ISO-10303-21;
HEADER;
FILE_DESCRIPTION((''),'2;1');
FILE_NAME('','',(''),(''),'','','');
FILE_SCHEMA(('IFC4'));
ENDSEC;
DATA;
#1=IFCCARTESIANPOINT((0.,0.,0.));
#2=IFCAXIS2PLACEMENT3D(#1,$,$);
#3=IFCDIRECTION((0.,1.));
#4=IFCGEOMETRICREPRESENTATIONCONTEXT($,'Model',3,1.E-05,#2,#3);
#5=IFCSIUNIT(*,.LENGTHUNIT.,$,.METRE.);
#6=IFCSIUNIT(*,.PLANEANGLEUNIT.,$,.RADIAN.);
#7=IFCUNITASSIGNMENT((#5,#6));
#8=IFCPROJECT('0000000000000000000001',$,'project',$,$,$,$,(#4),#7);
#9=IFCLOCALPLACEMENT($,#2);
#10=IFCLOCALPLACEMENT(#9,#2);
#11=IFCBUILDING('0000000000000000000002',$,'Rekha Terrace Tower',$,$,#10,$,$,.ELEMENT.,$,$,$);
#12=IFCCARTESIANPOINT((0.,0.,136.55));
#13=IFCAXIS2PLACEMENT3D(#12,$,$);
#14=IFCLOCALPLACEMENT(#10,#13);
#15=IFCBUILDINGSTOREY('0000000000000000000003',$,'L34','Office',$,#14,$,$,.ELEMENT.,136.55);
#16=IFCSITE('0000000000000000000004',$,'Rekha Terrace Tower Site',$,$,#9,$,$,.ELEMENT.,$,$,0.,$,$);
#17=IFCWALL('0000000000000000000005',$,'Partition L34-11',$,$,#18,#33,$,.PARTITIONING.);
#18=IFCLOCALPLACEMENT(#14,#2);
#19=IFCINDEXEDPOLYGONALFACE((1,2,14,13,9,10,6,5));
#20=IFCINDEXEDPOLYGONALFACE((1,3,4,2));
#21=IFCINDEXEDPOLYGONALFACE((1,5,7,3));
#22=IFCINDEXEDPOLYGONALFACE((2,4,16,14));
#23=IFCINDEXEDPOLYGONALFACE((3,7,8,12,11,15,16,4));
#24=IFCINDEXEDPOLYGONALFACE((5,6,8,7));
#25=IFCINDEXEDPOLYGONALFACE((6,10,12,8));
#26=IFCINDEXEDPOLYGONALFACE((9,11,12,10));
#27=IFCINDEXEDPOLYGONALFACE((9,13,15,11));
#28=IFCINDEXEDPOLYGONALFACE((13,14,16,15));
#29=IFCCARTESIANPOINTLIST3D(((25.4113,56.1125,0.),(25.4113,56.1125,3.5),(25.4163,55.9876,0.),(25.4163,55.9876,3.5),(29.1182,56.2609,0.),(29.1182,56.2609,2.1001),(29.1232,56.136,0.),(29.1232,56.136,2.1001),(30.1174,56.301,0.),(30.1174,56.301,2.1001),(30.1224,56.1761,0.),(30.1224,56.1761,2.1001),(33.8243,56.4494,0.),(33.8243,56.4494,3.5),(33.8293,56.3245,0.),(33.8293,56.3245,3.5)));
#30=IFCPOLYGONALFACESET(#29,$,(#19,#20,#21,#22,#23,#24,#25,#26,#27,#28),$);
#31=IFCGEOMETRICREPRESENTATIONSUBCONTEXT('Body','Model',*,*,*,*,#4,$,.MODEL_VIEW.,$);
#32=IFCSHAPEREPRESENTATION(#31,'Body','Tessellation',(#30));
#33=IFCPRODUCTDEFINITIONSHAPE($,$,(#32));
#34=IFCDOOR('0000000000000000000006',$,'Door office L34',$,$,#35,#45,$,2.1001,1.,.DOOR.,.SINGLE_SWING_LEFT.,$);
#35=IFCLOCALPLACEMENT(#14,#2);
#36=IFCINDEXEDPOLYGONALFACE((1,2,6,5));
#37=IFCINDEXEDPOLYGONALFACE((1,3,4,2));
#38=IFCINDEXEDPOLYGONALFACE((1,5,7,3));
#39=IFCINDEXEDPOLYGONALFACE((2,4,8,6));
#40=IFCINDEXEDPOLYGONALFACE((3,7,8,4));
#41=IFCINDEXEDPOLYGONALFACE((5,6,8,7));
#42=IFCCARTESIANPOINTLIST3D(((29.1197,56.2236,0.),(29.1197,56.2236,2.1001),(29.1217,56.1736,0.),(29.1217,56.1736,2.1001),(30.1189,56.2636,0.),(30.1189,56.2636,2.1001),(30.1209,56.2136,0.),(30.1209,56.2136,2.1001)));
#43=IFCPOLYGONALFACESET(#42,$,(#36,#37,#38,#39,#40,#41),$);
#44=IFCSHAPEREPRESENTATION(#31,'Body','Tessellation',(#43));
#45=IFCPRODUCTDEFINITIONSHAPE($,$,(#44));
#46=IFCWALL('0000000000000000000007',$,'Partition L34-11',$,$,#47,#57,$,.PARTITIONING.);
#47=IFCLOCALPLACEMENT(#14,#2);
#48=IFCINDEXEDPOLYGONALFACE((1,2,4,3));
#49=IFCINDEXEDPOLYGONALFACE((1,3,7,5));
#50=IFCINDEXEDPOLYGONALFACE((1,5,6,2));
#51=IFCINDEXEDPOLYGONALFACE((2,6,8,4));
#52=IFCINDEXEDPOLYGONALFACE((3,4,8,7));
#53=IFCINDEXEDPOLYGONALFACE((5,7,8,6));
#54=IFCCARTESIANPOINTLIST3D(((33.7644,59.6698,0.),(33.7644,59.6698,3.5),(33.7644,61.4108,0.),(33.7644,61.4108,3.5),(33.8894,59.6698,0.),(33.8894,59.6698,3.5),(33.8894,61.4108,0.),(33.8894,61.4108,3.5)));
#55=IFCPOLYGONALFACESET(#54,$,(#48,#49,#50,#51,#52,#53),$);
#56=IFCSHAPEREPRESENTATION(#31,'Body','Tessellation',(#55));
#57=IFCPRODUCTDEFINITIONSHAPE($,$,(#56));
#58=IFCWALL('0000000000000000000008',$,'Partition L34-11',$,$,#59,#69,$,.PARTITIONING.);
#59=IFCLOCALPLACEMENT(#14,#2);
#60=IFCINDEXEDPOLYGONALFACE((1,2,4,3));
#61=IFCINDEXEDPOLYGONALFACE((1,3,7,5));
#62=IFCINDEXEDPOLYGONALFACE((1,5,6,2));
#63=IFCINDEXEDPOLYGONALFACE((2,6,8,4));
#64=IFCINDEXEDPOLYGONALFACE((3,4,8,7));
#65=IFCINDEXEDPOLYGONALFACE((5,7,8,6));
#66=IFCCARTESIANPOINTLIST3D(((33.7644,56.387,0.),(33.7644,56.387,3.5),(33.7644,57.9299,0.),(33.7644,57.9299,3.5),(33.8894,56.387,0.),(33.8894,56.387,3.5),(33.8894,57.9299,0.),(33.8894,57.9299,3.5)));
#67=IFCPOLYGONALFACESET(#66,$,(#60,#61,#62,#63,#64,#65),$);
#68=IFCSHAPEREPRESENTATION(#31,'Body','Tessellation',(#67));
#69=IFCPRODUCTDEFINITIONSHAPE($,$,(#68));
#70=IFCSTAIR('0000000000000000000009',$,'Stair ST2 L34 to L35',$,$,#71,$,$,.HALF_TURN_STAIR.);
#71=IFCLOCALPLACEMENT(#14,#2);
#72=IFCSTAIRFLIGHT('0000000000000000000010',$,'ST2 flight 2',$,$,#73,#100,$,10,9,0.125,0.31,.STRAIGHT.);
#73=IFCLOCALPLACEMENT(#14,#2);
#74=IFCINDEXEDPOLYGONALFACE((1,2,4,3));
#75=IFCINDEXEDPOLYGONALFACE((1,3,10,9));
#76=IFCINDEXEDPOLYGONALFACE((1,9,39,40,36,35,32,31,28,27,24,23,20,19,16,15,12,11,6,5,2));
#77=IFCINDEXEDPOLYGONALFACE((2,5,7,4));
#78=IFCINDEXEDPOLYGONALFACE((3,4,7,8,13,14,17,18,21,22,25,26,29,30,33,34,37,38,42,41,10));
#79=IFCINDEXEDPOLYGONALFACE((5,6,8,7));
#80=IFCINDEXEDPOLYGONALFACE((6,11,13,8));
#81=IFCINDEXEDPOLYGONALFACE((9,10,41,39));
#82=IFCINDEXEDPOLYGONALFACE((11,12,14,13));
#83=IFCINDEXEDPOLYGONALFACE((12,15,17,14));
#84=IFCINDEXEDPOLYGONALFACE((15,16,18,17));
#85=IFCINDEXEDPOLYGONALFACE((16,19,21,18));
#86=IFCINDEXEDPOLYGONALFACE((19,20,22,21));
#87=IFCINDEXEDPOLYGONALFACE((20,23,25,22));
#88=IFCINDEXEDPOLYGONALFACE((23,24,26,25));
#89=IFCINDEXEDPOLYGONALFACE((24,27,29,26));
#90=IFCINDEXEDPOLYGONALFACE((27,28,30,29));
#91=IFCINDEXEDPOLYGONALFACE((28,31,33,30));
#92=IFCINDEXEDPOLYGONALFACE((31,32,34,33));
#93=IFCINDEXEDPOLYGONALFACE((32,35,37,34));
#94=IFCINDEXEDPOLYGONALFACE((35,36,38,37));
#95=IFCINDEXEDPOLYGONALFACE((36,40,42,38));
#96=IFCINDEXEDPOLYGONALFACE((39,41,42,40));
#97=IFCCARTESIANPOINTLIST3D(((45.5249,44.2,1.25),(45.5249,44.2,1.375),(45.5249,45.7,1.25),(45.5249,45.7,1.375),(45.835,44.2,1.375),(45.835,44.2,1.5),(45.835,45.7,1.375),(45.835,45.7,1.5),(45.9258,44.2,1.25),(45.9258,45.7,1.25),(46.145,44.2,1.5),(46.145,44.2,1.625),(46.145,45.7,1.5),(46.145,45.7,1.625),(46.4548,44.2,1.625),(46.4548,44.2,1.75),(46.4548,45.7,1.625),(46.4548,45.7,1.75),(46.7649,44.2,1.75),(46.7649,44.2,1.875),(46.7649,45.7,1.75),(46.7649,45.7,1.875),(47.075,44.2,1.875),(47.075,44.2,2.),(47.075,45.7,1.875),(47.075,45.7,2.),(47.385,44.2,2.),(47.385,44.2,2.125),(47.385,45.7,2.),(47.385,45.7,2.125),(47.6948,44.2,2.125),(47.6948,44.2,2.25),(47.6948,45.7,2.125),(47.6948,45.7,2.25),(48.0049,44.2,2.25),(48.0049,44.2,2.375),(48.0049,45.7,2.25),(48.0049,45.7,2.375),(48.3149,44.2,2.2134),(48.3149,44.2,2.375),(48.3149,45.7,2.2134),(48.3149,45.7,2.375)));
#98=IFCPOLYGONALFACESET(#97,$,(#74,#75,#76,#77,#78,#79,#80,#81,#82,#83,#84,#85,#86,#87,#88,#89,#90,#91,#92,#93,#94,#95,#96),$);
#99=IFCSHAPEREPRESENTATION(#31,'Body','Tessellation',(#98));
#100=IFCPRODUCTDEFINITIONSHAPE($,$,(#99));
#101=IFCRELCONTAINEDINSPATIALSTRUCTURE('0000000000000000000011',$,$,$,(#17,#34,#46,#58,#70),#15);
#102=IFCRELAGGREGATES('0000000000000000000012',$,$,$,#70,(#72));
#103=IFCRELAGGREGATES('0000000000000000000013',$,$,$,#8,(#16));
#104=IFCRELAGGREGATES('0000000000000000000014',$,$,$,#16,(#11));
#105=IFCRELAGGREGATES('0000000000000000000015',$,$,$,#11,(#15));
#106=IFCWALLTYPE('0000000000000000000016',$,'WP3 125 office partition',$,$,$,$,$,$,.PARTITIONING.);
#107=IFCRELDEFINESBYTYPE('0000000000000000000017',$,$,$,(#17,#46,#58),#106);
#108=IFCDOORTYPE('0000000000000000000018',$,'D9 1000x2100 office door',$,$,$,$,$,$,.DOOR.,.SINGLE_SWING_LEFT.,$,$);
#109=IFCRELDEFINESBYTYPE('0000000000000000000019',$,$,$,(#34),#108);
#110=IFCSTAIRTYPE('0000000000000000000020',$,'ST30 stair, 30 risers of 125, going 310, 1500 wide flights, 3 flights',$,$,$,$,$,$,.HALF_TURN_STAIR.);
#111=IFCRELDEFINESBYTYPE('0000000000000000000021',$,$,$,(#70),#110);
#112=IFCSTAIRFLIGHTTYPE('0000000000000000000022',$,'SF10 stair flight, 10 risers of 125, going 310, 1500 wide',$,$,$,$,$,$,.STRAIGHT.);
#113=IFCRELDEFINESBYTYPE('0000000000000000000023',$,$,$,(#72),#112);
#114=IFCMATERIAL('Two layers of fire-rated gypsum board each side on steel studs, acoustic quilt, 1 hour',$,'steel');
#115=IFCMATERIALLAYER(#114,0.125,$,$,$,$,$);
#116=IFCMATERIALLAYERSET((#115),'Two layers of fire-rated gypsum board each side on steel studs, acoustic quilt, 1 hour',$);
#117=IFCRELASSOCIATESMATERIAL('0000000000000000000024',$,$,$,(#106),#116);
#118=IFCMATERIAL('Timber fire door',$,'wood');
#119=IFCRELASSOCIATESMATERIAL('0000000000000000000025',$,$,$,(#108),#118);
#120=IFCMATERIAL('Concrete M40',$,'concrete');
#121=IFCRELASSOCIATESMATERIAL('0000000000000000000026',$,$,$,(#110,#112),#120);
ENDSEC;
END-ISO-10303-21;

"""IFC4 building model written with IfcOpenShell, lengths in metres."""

from ifc_helpers import new_model, si_unit, direction, frame, frame_2d, origin, place, context, subcontext, project, spatial, polyline, rectangle, outline, extrude, material, layer, layer_set, type_object, element, fill, aggregate, save


model = new_model("IFC4")

# Units and contexts
model_context = context("Model", 3, precision=1e-05, world=origin(), true_north=direction((0.0, 1.0)))
body_context = subcontext(model_context, "Body", "Model", "MODEL_VIEW")
ifc_project = project(units=[si_unit("LENGTHUNIT", "METRE"), si_unit("PLANEANGLEUNIT", "RADIAN")], contexts=[model_context])

# Site, building, storey
site_placement = place(None, origin())
site = spatial("IfcSite", under=ifc_project, at=site_placement, Name="Rekha Terrace Tower Site", CompositionType="ELEMENT", RefElevation=0.0)
building_placement = place(site_placement, origin())
building = spatial("IfcBuilding", under=site, at=building_placement, Name="Rekha Terrace Tower", CompositionType="ELEMENT")
storey_placement = place(building_placement, frame((0.0, 0.0, 136.55)))
storey = spatial("IfcBuildingStorey", under=building, at=storey_placement, Name="L34", Description="Office", CompositionType="ELEMENT", Elevation=136.55)

# Shared definitions
ifc_material_1 = material(Name="Two layers of fire-rated gypsum board each side on steel studs, acoustic quilt, 1 hour", Category="steel")
ifc_layer_1 = layer(ifc_material_1, 0.125)
ifc_layer_set_1 = layer_set([ifc_layer_1], Name="Two layers of fire-rated gypsum board each side on steel studs, acoustic quilt, 1 hour")
wall_type_1 = type_object("IfcWallType", Name="WP3 125 office partition", PredefinedType="PARTITIONING", material=ifc_layer_set_1)

# Wall, opening, door
wall_1_placement = place(storey_placement, frame((33.8269, 56.387, 0.0), z_axis=(0.0, 0.0, 1.0), x_axis=(-0.999199, -0.040016, 0.0)))
wall_1 = element("IfcWall", 1, at=wall_1_placement, inside=storey, type_object=wall_type_1, Name="Partition L34-11", PredefinedType="PARTITIONING", context=body_context, shape_type="SweptSolid", body=[
    extrude(rectangle(XDim=8.4197, YDim=0.125, at=frame_2d((4.21, 0.0))), origin(), (0.0, 0.0, 1.0), 3.5),
])
opening_1_placement = place(wall_1_placement, frame((3.71, 0.0, 0.0)))
opening_1 = element("IfcOpeningElement", 2, at=opening_1_placement, cuts=wall_1, PredefinedType="OPENING", context=body_context, shape_type="SweptSolid", body=[
    extrude(rectangle(XDim=1.0, YDim=2.1001, at=frame_2d((0.5, 1.05))), frame((0.0, 0.0725, 0.0), z_axis=(0.0, -1.0, 0.0), x_axis=(1.0, 0.0, 0.0)), (0.0, 0.0, 1.0), 0.145),
])
ifc_material_2 = material(Name="Timber fire door", Category="wood")
door_type_1 = type_object("IfcDoorType", Name="D9 1000x2100 office door", OperationType="SINGLE_SWING_LEFT", PredefinedType="DOOR", material=ifc_material_2)
door_1_placement = place(opening_1_placement, origin())
door_1 = element("IfcDoor", 3, at=door_1_placement, inside=storey, type_object=door_type_1, Name="Door office L34", OperationType="SINGLE_SWING_LEFT", OverallHeight=2.1001, OverallWidth=1.0, PredefinedType="DOOR", context=body_context, shape_type="SweptSolid", body=[
    extrude(rectangle(XDim=1.0, YDim=2.1001, at=frame_2d((0.5, 1.05))), frame((0.0, 0.0249, 0.0), z_axis=(0.0, -1.0, 0.0), x_axis=(1.0, 0.0, 0.0)), (0.0, 0.0, 1.0), 0.05),
])
fill(opening_1, door_1)

# Walls
wall_2_placement = place(storey_placement, frame((33.8269, 61.4109, 0.0), z_axis=(0.0, 0.0, 1.0), x_axis=(0.0, -1.0, 0.0)))
element("IfcWall", 4, at=wall_2_placement, inside=storey, type_object=wall_type_1, Name="Partition L34-11", PredefinedType="PARTITIONING", context=body_context, shape_type="SweptSolid", body=[
    extrude(rectangle(XDim=1.741, YDim=0.125, at=frame_2d((0.8706, 0.0))), origin(), (0.0, 0.0, 1.0), 3.5),
])
wall_3_placement = place(storey_placement, frame((33.8269, 57.9299, 0.0), z_axis=(0.0, 0.0, 1.0), x_axis=(0.0, -1.0, 0.0)))
element("IfcWall", 5, at=wall_3_placement, inside=storey, type_object=wall_type_1, Name="Partition L34-11", PredefinedType="PARTITIONING", context=body_context, shape_type="SweptSolid", body=[
    extrude(rectangle(XDim=1.543, YDim=0.125, at=frame_2d((0.7715, 0.0))), origin(), (0.0, 0.0, 1.0), 3.5),
])

# Stair, stair flight
ifc_material_3 = material(Name="Concrete M40", Category="concrete")
stair_type = type_object("IfcStairType", Name="ST30 stair, 30 risers of 125, going 310, 1500 wide flights, 3 flights", PredefinedType="HALF_TURN_STAIR", material=ifc_material_3)
stair_placement = place(storey_placement, origin())
stair = element("IfcStair", 6, at=stair_placement, inside=storey, type_object=stair_type, Name="Stair ST2 L34 to L35", PredefinedType="HALF_TURN_STAIR")
stair_flight_type = type_object("IfcStairFlightType", Name="SF10 stair flight, 10 risers of 125, going 310, 1500 wide", PredefinedType="STRAIGHT", material=ifc_material_3)
stair_flight_placement = place(storey_placement, frame((45.5249, 44.95, 1.25), z_axis=(0.0, 0.0, 1.0), x_axis=(1.0, 0.0, 0.0)))
stair_flight = element("IfcStairFlight", 7, at=stair_flight_placement, type_object=stair_flight_type, Name="ST2 flight 2", NumberOfRisers=10, NumberOfTreads=9, PredefinedType="STRAIGHT", RiserHeight=0.125, TreadLength=0.31, context=body_context, shape_type="SweptSolid", body=[
    extrude(outline(polyline([(0.0, 0.0), (0.0, 0.125), (0.3101, 0.125), (0.3101, 0.25), (0.6201, 0.25), (0.6201, 0.375), (0.9299, 0.375), (0.9299, 0.5), (1.24, 0.5), (1.24, 0.625), (1.55, 0.625), (1.55, 0.75), (1.8601, 0.75), (1.8601, 0.875), (2.1699, 0.875), (2.1699, 1.0), (2.48, 1.0), (2.48, 1.125), (2.79, 1.125), (2.79, 1.25), (2.79, 0.9634), (0.4009, 0.0), (0.0, 0.0)])), frame((0.0, 0.75, 0.0), z_axis=(0.0, -1.0, 0.0), x_axis=(1.0, 0.0, 0.0)), (0.0, 0.0, 1.0), 1.5),
])
aggregate(stair, [stair_flight])

save(model, "model.ifc")
